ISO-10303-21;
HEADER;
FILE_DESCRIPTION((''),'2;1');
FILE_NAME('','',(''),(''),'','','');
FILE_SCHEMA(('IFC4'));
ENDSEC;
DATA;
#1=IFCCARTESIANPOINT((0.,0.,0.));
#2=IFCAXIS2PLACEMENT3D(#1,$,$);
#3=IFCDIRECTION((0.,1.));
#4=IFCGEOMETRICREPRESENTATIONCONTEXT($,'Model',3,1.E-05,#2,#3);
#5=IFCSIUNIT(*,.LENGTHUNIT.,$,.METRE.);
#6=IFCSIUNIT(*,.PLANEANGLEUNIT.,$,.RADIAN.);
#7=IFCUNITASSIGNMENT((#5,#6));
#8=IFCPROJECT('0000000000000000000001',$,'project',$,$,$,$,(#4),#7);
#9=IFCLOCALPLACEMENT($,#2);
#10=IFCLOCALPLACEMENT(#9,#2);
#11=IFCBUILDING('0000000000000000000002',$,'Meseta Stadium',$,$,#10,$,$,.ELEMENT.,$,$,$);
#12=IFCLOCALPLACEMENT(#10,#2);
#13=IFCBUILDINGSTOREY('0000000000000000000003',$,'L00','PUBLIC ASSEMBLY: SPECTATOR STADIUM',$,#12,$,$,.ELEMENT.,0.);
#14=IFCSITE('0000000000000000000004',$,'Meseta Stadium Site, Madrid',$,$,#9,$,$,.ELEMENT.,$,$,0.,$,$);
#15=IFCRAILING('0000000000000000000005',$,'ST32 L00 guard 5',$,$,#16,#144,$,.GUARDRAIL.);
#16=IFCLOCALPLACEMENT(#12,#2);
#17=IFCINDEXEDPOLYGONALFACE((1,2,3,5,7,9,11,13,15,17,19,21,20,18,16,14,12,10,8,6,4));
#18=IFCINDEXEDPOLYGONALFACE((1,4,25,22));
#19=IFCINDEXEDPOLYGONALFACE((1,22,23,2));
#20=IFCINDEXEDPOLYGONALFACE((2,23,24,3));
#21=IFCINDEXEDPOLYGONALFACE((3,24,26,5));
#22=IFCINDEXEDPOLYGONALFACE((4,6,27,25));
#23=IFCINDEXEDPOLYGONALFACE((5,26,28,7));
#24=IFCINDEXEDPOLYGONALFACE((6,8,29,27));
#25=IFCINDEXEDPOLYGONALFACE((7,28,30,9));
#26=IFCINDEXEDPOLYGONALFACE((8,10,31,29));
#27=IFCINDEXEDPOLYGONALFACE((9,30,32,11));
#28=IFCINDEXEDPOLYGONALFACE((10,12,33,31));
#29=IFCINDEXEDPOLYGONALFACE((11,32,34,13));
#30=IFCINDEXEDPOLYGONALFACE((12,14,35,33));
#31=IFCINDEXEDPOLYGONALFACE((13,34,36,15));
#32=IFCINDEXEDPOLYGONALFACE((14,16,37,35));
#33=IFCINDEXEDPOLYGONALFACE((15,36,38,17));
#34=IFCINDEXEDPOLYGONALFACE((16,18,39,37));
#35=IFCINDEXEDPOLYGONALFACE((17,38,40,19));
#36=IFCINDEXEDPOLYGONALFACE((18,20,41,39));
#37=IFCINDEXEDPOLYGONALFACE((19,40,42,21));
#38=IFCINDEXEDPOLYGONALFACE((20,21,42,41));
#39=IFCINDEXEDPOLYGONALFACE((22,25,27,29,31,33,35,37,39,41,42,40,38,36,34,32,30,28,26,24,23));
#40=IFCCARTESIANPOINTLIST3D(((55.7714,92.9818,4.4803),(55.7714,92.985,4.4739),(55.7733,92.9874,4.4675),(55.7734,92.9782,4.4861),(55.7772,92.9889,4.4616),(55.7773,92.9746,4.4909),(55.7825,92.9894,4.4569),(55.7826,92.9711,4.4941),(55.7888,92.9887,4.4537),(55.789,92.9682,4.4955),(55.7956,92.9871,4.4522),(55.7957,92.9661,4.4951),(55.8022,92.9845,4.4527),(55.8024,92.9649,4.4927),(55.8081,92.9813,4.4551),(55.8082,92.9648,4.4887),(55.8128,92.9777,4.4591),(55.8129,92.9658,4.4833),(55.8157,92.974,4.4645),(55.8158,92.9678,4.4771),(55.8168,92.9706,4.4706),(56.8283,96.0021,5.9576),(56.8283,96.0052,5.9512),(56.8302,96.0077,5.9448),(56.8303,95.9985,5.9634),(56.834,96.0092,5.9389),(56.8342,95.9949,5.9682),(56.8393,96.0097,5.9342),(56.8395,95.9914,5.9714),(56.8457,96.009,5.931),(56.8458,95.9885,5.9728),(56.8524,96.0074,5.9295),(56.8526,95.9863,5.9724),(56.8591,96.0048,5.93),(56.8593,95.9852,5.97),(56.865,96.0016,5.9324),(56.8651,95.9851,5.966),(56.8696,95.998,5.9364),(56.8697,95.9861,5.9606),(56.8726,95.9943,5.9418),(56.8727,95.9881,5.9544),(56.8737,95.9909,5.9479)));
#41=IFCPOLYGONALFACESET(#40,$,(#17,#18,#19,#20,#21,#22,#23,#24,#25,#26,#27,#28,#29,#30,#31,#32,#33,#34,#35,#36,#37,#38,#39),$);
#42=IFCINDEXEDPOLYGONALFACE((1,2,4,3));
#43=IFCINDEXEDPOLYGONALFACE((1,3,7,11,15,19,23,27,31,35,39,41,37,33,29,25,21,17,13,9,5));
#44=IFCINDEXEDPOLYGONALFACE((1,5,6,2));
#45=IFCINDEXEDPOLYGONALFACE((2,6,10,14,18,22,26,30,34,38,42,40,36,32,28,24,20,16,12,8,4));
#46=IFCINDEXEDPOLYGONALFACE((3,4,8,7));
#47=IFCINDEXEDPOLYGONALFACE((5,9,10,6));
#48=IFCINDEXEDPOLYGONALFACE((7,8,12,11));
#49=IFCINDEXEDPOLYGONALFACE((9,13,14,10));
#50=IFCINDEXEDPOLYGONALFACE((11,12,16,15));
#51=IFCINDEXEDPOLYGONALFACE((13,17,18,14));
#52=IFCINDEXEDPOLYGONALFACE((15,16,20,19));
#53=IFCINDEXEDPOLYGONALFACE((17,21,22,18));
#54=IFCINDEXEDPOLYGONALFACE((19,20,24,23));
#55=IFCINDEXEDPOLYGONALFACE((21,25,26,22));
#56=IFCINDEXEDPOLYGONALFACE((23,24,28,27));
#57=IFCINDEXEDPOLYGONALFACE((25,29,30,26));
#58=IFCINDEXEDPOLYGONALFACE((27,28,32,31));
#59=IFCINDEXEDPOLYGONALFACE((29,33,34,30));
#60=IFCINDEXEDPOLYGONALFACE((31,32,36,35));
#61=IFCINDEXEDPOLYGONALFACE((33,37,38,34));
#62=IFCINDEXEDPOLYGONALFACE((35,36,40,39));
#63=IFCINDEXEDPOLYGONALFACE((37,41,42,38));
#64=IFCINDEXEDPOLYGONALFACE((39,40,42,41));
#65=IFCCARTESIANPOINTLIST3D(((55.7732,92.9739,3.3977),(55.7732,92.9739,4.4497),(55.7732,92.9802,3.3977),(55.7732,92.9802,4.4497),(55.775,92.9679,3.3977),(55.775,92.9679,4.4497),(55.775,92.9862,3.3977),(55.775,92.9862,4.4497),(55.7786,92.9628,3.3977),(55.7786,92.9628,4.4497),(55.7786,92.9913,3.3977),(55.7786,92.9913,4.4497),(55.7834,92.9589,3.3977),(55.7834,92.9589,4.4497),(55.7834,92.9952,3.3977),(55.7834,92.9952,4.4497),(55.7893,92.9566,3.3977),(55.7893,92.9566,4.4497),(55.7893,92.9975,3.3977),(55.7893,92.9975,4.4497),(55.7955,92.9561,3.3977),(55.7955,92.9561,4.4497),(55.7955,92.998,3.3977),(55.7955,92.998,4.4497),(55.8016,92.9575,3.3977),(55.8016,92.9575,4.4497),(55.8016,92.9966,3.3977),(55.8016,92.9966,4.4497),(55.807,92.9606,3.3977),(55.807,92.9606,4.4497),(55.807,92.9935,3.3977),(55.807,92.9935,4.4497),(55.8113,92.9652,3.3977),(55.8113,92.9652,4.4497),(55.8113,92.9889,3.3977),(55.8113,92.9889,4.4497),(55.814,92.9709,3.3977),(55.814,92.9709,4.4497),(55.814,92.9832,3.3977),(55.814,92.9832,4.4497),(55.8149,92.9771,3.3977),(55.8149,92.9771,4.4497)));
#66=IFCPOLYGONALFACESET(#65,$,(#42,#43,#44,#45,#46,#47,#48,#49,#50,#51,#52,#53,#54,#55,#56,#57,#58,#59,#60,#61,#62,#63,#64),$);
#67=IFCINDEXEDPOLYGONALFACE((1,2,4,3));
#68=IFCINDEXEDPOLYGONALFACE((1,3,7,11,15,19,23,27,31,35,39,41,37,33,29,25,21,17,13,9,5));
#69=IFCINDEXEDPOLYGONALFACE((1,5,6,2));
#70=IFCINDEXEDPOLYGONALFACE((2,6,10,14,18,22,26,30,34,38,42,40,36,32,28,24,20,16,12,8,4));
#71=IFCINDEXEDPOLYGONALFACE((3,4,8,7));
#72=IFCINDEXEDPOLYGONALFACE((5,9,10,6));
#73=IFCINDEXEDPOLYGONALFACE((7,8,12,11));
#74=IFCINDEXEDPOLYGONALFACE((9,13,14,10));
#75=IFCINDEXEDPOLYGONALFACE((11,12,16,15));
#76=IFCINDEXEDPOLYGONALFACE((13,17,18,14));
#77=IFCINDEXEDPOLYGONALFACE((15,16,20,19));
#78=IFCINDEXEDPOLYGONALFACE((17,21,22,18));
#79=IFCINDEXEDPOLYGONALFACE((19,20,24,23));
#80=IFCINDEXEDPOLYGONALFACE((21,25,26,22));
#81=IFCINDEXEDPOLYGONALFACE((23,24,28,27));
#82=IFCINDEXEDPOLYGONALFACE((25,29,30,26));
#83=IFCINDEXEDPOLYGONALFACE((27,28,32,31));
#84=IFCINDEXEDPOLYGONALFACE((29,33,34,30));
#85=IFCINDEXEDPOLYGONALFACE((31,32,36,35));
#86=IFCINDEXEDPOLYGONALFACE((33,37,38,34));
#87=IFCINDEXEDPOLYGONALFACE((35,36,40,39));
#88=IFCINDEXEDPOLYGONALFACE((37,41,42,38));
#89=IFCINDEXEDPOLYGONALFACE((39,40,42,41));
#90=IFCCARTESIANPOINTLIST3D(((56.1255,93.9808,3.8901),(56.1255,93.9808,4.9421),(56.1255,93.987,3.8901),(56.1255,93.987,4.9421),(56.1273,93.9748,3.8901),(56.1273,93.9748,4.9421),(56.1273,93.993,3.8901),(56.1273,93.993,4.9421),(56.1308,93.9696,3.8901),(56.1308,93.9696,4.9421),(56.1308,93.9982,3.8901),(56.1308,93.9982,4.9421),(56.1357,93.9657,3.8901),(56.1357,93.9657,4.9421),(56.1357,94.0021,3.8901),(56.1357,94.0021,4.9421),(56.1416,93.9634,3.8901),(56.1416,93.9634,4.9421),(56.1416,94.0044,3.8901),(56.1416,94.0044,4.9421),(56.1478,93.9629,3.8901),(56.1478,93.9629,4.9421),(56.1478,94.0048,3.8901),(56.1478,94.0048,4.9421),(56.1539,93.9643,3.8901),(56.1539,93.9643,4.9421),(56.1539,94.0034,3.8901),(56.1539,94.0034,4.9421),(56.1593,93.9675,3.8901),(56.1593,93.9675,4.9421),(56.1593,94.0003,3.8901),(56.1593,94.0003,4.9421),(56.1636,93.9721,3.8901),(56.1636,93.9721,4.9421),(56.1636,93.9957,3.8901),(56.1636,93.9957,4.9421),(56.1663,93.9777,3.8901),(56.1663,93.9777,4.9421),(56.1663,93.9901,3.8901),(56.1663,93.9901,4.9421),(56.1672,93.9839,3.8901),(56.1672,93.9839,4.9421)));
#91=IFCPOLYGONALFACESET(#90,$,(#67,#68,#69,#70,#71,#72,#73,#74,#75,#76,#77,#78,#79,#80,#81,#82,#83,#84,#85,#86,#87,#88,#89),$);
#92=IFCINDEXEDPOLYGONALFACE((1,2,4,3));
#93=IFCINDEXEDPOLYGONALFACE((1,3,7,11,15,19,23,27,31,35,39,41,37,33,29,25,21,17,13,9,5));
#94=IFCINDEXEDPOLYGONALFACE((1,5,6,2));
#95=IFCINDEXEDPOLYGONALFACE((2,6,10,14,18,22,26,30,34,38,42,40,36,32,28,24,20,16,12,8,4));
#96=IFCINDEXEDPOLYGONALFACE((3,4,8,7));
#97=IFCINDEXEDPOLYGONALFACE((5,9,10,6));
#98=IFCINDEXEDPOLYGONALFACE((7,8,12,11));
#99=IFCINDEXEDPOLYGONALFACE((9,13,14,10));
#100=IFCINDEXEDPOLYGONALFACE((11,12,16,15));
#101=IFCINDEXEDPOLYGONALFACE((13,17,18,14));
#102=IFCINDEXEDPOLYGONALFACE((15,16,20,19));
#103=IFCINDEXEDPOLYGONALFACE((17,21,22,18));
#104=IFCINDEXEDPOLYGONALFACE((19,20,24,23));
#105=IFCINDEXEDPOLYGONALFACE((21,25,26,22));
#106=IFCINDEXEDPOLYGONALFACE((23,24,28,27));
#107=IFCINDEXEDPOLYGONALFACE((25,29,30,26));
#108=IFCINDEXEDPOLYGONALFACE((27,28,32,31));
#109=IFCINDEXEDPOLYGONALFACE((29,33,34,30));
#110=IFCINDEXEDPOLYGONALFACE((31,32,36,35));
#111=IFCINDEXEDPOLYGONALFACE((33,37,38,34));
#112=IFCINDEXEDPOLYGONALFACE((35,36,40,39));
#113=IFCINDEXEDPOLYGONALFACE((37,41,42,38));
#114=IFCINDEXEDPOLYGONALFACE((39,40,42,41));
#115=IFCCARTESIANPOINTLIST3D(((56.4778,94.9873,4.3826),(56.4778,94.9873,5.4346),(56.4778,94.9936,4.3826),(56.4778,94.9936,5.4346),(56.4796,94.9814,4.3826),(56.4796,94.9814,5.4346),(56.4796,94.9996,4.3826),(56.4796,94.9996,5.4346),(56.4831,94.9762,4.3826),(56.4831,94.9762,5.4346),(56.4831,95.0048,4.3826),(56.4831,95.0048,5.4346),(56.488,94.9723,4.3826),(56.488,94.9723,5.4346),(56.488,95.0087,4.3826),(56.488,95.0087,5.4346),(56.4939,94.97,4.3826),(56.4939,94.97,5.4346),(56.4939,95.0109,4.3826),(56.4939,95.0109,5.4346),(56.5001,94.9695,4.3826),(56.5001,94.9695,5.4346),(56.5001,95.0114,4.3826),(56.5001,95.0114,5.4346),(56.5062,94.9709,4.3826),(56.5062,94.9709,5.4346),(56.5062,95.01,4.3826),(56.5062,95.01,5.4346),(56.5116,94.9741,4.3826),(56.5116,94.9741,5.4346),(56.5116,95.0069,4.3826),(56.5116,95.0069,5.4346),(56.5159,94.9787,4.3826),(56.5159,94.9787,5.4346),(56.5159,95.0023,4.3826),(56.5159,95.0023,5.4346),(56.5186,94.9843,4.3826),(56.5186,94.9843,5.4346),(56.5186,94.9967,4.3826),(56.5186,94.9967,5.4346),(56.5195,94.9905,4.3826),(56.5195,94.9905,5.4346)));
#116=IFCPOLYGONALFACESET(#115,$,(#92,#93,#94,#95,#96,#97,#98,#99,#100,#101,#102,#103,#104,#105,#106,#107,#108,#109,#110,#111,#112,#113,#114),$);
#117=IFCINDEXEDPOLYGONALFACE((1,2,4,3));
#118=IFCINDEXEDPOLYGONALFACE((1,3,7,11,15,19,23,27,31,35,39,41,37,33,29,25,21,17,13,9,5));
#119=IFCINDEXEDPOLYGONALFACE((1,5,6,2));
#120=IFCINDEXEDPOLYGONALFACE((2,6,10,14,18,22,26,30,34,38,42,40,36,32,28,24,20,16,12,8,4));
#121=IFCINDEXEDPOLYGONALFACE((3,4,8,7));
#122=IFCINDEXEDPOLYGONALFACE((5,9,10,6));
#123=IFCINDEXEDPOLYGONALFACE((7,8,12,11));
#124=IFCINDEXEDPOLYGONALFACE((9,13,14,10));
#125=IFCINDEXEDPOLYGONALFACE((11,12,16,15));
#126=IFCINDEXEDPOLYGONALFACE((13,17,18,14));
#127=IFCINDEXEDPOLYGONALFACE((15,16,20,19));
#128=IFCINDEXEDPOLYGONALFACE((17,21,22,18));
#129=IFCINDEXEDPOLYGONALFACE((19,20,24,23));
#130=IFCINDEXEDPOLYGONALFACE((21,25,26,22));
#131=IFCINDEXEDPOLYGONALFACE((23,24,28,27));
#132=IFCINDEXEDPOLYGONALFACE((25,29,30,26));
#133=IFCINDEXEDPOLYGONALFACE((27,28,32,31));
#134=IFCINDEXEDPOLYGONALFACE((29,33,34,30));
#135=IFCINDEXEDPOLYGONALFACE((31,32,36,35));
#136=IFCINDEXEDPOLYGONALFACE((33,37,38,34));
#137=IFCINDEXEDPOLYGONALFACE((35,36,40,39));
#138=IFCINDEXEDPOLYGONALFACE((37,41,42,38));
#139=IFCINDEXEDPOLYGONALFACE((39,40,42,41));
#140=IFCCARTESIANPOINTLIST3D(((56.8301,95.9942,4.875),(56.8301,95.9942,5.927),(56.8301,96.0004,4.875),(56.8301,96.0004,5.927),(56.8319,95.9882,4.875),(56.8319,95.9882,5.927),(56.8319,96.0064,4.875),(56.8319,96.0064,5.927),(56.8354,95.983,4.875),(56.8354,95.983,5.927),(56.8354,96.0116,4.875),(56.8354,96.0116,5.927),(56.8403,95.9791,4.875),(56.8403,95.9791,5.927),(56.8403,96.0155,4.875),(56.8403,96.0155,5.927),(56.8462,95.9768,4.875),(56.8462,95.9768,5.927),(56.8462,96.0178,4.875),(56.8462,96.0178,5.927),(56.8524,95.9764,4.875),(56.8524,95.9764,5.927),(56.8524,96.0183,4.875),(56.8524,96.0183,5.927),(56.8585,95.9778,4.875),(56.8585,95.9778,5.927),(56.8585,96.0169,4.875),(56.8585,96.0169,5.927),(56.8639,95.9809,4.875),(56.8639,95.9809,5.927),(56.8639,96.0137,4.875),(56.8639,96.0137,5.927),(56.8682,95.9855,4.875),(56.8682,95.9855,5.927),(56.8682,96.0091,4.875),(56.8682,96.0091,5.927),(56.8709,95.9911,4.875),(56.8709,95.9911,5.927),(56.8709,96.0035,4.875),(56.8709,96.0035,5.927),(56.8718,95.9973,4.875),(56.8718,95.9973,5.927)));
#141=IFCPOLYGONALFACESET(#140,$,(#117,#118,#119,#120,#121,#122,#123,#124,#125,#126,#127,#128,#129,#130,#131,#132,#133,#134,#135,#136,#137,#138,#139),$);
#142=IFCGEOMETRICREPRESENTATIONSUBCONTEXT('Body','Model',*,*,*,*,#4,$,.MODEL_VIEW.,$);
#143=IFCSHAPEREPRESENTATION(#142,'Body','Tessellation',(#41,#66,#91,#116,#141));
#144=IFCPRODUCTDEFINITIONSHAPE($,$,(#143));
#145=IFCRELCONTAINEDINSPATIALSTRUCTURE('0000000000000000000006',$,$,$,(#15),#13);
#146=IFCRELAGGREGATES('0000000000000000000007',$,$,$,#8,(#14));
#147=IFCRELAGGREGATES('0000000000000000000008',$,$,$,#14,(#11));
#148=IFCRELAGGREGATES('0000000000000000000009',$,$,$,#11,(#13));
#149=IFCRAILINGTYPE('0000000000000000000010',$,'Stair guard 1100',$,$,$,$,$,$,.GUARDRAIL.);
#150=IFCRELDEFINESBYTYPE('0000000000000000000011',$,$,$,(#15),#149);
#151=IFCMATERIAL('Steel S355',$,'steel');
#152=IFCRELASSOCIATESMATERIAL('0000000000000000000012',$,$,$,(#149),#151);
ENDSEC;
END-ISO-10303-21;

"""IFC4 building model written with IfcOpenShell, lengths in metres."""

from ifc_helpers import new_model, si_unit, direction, frame, origin, origin_2d, place, context, subcontext, project, spatial, circle, extrude, material, type_object, element, save


model = new_model("IFC4")

# Units and contexts
model_context = context("Model", 3, precision=1e-05, world=origin(), true_north=direction((0.0, 1.0)))
body_context = subcontext(model_context, "Body", "Model", "MODEL_VIEW")
ifc_project = project(units=[si_unit("LENGTHUNIT", "METRE"), si_unit("PLANEANGLEUNIT", "RADIAN")], contexts=[model_context])

# Site, building, storey
site_placement = place(None, origin())
site = spatial("IfcSite", under=ifc_project, at=site_placement, Name="Meseta Stadium Site, Madrid", CompositionType="ELEMENT", RefElevation=0.0)
building_placement = place(site_placement, origin())
building = spatial("IfcBuilding", under=site, at=building_placement, Name="Meseta Stadium", CompositionType="ELEMENT")
storey_placement = place(building_placement, origin())
storey = spatial("IfcBuildingStorey", under=building, at=storey_placement, Name="L00", Description="PUBLIC ASSEMBLY: SPECTATOR STADIUM", CompositionType="ELEMENT", Elevation=0.0)

# Railing
ifc_material_1 = material(Name="Steel S355", Category="steel")
railing_type_1 = type_object("IfcRailingType", Name="Stair guard 1100", PredefinedType="GUARDRAIL", material=ifc_material_1)
railing_1_placement = place(storey_placement, frame((55.7939, 92.9771, 3.3977)))
element("IfcRailing", 1, at=railing_1_placement, inside=storey, type_object=railing_type_1, Name="ST32 L00 guard 5", PredefinedType="GUARDRAIL", context=body_context, shape_type="SweptSolid", body=[
    extrude(circle(Radius=0.0239, at=origin_2d()), frame((0.0, 0.0, 1.0762), z_axis=(0.299876, 0.856958, 0.419162), x_axis=(-0.943879, 0.330293, 0.0)), (0.0, 0.0, 1.0), 3.5244),
    extrude(circle(Radius=0.021, at=origin_2d()), origin(), (0.0, 0.0, 1.0), 1.052),
    extrude(circle(Radius=0.021, at=origin_2d()), frame((0.3523, 1.0068, 0.4924)), (0.0, 0.0, 1.0), 1.052),
    extrude(circle(Radius=0.021, at=origin_2d()), frame((0.7046, 2.0134, 0.9849)), (0.0, 0.0, 1.0), 1.052),
    extrude(circle(Radius=0.021, at=origin_2d()), frame((1.0569, 3.0203, 1.4773)), (0.0, 0.0, 1.0), 1.052),
])

save(model, "model.ifc")
